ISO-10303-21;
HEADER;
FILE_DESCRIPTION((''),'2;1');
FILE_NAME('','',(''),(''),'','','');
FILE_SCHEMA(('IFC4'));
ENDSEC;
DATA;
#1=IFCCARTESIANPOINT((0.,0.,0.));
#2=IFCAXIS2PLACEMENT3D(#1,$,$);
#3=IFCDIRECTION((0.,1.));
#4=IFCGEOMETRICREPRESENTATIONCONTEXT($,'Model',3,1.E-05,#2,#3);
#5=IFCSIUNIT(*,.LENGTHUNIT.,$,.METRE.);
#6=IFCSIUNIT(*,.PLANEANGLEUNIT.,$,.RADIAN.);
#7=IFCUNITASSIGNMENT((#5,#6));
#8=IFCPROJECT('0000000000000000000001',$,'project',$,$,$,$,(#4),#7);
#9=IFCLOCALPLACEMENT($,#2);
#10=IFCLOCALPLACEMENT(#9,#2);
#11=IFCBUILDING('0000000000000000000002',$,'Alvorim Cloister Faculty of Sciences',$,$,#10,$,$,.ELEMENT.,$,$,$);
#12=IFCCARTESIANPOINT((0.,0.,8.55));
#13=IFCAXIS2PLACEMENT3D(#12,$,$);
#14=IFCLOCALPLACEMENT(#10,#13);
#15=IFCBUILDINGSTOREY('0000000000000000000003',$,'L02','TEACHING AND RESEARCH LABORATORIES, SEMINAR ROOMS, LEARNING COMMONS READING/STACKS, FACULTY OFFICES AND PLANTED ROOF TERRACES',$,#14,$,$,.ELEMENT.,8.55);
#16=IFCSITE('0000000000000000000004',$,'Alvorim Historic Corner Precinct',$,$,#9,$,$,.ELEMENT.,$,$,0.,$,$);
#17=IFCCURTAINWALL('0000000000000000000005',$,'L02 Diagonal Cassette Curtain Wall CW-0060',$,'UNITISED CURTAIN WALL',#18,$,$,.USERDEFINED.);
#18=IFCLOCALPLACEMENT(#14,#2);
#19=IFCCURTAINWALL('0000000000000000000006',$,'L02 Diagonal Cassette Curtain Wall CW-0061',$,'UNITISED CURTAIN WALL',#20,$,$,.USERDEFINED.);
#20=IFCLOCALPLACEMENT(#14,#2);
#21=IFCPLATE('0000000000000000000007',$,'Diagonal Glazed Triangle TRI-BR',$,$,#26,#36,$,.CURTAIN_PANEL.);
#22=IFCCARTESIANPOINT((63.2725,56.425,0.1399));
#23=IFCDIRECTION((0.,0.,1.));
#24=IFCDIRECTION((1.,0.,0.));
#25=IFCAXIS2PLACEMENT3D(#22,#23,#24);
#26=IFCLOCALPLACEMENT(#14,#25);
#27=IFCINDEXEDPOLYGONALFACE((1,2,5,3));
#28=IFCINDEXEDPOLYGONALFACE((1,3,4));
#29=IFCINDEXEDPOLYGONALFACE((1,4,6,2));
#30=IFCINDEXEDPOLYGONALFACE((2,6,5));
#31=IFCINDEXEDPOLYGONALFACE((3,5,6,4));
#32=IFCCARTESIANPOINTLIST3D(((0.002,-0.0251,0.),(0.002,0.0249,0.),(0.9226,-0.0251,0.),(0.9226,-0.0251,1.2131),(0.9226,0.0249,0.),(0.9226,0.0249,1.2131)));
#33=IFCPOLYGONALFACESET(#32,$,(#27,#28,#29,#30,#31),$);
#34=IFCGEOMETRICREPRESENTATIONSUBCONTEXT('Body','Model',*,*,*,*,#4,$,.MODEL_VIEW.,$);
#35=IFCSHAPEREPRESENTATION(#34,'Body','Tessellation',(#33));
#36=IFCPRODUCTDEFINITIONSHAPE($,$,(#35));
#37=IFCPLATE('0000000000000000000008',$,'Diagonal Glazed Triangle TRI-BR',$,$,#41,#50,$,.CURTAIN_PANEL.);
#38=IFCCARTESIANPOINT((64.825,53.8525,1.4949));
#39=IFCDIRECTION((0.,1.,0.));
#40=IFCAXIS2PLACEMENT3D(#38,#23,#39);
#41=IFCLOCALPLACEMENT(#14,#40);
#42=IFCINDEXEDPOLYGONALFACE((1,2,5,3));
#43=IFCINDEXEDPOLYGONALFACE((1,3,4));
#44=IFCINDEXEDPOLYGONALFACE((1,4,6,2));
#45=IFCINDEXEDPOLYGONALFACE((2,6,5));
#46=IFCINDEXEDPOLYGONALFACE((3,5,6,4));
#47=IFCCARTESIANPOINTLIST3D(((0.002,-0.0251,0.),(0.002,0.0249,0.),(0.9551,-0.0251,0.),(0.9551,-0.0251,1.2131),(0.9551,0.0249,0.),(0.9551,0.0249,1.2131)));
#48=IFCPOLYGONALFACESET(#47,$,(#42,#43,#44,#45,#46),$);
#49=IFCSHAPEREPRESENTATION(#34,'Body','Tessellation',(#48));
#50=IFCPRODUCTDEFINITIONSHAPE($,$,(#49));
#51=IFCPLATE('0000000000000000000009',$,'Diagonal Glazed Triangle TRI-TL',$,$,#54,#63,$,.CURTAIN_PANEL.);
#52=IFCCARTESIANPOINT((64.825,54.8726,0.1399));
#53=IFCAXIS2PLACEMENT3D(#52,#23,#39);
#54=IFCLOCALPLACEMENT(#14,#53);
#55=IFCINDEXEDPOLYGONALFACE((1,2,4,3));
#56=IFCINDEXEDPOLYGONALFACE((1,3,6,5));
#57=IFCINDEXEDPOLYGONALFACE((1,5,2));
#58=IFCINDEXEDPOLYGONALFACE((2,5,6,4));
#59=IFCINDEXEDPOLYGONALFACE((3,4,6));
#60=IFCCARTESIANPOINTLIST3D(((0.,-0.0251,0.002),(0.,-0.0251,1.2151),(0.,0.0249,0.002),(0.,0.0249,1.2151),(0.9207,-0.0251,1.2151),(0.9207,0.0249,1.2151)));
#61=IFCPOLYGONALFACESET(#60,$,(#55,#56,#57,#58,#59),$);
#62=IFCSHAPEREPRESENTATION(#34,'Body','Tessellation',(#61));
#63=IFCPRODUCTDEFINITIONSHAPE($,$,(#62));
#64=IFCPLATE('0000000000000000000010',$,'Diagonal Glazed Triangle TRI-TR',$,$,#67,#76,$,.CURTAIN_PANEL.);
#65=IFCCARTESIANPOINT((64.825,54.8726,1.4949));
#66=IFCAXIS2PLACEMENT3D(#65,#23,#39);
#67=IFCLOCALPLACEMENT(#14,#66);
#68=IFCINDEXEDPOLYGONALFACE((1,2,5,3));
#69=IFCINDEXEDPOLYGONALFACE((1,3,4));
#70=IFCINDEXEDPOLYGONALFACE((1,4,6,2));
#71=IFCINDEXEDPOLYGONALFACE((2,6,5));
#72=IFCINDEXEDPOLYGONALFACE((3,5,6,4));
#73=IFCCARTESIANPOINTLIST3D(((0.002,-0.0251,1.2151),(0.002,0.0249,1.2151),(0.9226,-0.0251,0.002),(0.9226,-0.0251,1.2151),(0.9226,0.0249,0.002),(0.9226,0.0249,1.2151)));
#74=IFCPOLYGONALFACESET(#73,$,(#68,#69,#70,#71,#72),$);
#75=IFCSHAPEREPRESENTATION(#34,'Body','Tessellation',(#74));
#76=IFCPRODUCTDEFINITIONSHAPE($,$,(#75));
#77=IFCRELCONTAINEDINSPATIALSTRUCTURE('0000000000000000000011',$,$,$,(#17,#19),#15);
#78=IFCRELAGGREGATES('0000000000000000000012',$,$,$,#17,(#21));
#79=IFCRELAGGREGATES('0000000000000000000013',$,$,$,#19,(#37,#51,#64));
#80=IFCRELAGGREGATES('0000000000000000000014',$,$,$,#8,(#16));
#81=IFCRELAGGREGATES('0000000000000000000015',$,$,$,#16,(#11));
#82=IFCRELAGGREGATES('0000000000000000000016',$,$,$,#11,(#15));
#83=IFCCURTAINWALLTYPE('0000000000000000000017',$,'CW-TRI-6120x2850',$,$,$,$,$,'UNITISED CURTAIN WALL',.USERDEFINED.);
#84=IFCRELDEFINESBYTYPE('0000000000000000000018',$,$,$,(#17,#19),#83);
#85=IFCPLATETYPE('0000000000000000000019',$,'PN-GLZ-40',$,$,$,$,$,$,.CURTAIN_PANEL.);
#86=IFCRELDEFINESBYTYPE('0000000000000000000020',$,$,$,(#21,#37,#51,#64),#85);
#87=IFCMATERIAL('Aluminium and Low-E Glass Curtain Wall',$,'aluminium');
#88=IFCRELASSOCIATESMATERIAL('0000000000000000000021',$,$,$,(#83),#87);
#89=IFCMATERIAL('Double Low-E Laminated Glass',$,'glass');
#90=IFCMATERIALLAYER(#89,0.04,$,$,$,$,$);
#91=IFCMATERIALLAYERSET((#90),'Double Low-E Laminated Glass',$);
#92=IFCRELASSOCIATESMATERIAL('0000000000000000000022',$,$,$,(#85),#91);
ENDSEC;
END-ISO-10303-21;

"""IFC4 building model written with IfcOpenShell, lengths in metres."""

from ifc_helpers import new_model, si_unit, direction, frame, origin, place, context, subcontext, project, spatial, polyline, outline, extrude, material, layer, layer_set, type_object, element, aggregate, save


model = new_model("IFC4")

# Units and contexts
model_context = context("Model", 3, precision=1e-05, world=origin(), true_north=direction((0.0, 1.0)))
body_context = subcontext(model_context, "Body", "Model", "MODEL_VIEW")
ifc_project = project(units=[si_unit("LENGTHUNIT", "METRE"), si_unit("PLANEANGLEUNIT", "RADIAN")], contexts=[model_context])

# Site, building, storey
site_placement = place(None, origin())
site = spatial("IfcSite", under=ifc_project, at=site_placement, Name="Alvorim Historic Corner Precinct", CompositionType="ELEMENT", RefElevation=0.0)
building_placement = place(site_placement, origin())
building = spatial("IfcBuilding", under=site, at=building_placement, Name="Alvorim Cloister Faculty of Sciences", CompositionType="ELEMENT")
storey_placement = place(building_placement, frame((0.0, 0.0, 8.55)))
storey = spatial("IfcBuildingStorey", under=building, at=storey_placement, Name="L02", Description="TEACHING AND RESEARCH LABORATORIES, SEMINAR ROOMS, LEARNING COMMONS READING/STACKS, FACULTY OFFICES AND PLANTED ROOF TERRACES", CompositionType="ELEMENT", Elevation=8.55)

# Curtain wall
ifc_material_1 = material(Name="Aluminium and Low-E Glass Curtain Wall", Category="aluminium")
curtain_wall_type = type_object("IfcCurtainWallType", Name="CW-TRI-6120x2850", ElementType="UNITISED CURTAIN WALL", PredefinedType="USERDEFINED", material=ifc_material_1)
curtain_wall_1_placement = place(storey_placement, origin())
curtain_wall_1 = element("IfcCurtainWall", 1, at=curtain_wall_1_placement, inside=storey, type_object=curtain_wall_type, Name="L02 Diagonal Cassette Curtain Wall CW-0060", ObjectType="UNITISED CURTAIN WALL", PredefinedType="USERDEFINED")

# Curtain wall
curtain_wall_2_placement = place(storey_placement, origin())
curtain_wall_2 = element("IfcCurtainWall", 2, at=curtain_wall_2_placement, inside=storey, type_object=curtain_wall_type, Name="L02 Diagonal Cassette Curtain Wall CW-0061", ObjectType="UNITISED CURTAIN WALL", PredefinedType="USERDEFINED")

# Plates
ifc_material_2 = material(Name="Double Low-E Laminated Glass", Category="glass")
ifc_layer = layer(ifc_material_2, 0.04)
ifc_layer_set = layer_set([ifc_layer], Name="Double Low-E Laminated Glass")
plate_type = type_object("IfcPlateType", Name="PN-GLZ-40", PredefinedType="CURTAIN_PANEL", material=ifc_layer_set)
plate_1_placement = place(storey_placement, frame((63.2725, 56.425, 0.1399), z_axis=(0.0, 0.0, 1.0), x_axis=(1.0, 0.0, 0.0)))
plate_1 = element("IfcPlate", 3, at=plate_1_placement, type_object=plate_type, Name="Diagonal Glazed Triangle TRI-BR", PredefinedType="CURTAIN_PANEL", context=body_context, shape_type="SweptSolid", body=[
    extrude(outline(polyline([(0.002, 0.0), (0.9226, 0.0), (0.9226, 1.2131), (0.002, 0.0)])), frame((0.0, 0.0249, 0.0), z_axis=(0.0, -1.0, 0.0), x_axis=(1.0, 0.0, 0.0)), (0.0, 0.0, 1.0), 0.05),
])
aggregate(curtain_wall_1, [plate_1])
plate_2_placement = place(storey_placement, frame((64.825, 53.8525, 1.4949), z_axis=(0.0, 0.0, 1.0), x_axis=(0.0, 1.0, 0.0)))
plate_2 = element("IfcPlate", 4, at=plate_2_placement, type_object=plate_type, Name="Diagonal Glazed Triangle TRI-BR", PredefinedType="CURTAIN_PANEL", context=body_context, shape_type="SweptSolid", body=[
    extrude(outline(polyline([(0.002, 0.0), (0.9551, 0.0), (0.9551, 1.2131), (0.002, 0.0)])), frame((0.0, 0.0249, 0.0), z_axis=(0.0, -1.0, 0.0), x_axis=(1.0, 0.0, 0.0)), (0.0, 0.0, 1.0), 0.05),
])
plate_3_placement = place(storey_placement, frame((64.825, 54.8726, 0.1399), z_axis=(0.0, 0.0, 1.0), x_axis=(0.0, 1.0, 0.0)))
plate_3 = element("IfcPlate", 5, at=plate_3_placement, type_object=plate_type, Name="Diagonal Glazed Triangle TRI-TL", PredefinedType="CURTAIN_PANEL", context=body_context, shape_type="SweptSolid", body=[
    extrude(outline(polyline([(0.9207, 1.2151), (0.0, 1.2151), (0.0, 0.002), (0.9207, 1.2151)])), frame((0.0, 0.0249, 0.0), z_axis=(0.0, -1.0, 0.0), x_axis=(1.0, 0.0, 0.0)), (0.0, 0.0, 1.0), 0.05),
])
plate_4_placement = place(storey_placement, frame((64.825, 54.8726, 1.4949), z_axis=(0.0, 0.0, 1.0), x_axis=(0.0, 1.0, 0.0)))
plate_4 = element("IfcPlate", 6, at=plate_4_placement, type_object=plate_type, Name="Diagonal Glazed Triangle TRI-TR", PredefinedType="CURTAIN_PANEL", context=body_context, shape_type="SweptSolid", body=[
    extrude(outline(polyline([(0.9226, 0.002), (0.9226, 1.2151), (0.002, 1.2151), (0.9226, 0.002)])), frame((0.0, 0.0249, 0.0), z_axis=(0.0, -1.0, 0.0), x_axis=(1.0, 0.0, 0.0)), (0.0, 0.0, 1.0), 0.05),
])
aggregate(curtain_wall_2, [plate_2, plate_3, plate_4])

save(model, "model.ifc")
